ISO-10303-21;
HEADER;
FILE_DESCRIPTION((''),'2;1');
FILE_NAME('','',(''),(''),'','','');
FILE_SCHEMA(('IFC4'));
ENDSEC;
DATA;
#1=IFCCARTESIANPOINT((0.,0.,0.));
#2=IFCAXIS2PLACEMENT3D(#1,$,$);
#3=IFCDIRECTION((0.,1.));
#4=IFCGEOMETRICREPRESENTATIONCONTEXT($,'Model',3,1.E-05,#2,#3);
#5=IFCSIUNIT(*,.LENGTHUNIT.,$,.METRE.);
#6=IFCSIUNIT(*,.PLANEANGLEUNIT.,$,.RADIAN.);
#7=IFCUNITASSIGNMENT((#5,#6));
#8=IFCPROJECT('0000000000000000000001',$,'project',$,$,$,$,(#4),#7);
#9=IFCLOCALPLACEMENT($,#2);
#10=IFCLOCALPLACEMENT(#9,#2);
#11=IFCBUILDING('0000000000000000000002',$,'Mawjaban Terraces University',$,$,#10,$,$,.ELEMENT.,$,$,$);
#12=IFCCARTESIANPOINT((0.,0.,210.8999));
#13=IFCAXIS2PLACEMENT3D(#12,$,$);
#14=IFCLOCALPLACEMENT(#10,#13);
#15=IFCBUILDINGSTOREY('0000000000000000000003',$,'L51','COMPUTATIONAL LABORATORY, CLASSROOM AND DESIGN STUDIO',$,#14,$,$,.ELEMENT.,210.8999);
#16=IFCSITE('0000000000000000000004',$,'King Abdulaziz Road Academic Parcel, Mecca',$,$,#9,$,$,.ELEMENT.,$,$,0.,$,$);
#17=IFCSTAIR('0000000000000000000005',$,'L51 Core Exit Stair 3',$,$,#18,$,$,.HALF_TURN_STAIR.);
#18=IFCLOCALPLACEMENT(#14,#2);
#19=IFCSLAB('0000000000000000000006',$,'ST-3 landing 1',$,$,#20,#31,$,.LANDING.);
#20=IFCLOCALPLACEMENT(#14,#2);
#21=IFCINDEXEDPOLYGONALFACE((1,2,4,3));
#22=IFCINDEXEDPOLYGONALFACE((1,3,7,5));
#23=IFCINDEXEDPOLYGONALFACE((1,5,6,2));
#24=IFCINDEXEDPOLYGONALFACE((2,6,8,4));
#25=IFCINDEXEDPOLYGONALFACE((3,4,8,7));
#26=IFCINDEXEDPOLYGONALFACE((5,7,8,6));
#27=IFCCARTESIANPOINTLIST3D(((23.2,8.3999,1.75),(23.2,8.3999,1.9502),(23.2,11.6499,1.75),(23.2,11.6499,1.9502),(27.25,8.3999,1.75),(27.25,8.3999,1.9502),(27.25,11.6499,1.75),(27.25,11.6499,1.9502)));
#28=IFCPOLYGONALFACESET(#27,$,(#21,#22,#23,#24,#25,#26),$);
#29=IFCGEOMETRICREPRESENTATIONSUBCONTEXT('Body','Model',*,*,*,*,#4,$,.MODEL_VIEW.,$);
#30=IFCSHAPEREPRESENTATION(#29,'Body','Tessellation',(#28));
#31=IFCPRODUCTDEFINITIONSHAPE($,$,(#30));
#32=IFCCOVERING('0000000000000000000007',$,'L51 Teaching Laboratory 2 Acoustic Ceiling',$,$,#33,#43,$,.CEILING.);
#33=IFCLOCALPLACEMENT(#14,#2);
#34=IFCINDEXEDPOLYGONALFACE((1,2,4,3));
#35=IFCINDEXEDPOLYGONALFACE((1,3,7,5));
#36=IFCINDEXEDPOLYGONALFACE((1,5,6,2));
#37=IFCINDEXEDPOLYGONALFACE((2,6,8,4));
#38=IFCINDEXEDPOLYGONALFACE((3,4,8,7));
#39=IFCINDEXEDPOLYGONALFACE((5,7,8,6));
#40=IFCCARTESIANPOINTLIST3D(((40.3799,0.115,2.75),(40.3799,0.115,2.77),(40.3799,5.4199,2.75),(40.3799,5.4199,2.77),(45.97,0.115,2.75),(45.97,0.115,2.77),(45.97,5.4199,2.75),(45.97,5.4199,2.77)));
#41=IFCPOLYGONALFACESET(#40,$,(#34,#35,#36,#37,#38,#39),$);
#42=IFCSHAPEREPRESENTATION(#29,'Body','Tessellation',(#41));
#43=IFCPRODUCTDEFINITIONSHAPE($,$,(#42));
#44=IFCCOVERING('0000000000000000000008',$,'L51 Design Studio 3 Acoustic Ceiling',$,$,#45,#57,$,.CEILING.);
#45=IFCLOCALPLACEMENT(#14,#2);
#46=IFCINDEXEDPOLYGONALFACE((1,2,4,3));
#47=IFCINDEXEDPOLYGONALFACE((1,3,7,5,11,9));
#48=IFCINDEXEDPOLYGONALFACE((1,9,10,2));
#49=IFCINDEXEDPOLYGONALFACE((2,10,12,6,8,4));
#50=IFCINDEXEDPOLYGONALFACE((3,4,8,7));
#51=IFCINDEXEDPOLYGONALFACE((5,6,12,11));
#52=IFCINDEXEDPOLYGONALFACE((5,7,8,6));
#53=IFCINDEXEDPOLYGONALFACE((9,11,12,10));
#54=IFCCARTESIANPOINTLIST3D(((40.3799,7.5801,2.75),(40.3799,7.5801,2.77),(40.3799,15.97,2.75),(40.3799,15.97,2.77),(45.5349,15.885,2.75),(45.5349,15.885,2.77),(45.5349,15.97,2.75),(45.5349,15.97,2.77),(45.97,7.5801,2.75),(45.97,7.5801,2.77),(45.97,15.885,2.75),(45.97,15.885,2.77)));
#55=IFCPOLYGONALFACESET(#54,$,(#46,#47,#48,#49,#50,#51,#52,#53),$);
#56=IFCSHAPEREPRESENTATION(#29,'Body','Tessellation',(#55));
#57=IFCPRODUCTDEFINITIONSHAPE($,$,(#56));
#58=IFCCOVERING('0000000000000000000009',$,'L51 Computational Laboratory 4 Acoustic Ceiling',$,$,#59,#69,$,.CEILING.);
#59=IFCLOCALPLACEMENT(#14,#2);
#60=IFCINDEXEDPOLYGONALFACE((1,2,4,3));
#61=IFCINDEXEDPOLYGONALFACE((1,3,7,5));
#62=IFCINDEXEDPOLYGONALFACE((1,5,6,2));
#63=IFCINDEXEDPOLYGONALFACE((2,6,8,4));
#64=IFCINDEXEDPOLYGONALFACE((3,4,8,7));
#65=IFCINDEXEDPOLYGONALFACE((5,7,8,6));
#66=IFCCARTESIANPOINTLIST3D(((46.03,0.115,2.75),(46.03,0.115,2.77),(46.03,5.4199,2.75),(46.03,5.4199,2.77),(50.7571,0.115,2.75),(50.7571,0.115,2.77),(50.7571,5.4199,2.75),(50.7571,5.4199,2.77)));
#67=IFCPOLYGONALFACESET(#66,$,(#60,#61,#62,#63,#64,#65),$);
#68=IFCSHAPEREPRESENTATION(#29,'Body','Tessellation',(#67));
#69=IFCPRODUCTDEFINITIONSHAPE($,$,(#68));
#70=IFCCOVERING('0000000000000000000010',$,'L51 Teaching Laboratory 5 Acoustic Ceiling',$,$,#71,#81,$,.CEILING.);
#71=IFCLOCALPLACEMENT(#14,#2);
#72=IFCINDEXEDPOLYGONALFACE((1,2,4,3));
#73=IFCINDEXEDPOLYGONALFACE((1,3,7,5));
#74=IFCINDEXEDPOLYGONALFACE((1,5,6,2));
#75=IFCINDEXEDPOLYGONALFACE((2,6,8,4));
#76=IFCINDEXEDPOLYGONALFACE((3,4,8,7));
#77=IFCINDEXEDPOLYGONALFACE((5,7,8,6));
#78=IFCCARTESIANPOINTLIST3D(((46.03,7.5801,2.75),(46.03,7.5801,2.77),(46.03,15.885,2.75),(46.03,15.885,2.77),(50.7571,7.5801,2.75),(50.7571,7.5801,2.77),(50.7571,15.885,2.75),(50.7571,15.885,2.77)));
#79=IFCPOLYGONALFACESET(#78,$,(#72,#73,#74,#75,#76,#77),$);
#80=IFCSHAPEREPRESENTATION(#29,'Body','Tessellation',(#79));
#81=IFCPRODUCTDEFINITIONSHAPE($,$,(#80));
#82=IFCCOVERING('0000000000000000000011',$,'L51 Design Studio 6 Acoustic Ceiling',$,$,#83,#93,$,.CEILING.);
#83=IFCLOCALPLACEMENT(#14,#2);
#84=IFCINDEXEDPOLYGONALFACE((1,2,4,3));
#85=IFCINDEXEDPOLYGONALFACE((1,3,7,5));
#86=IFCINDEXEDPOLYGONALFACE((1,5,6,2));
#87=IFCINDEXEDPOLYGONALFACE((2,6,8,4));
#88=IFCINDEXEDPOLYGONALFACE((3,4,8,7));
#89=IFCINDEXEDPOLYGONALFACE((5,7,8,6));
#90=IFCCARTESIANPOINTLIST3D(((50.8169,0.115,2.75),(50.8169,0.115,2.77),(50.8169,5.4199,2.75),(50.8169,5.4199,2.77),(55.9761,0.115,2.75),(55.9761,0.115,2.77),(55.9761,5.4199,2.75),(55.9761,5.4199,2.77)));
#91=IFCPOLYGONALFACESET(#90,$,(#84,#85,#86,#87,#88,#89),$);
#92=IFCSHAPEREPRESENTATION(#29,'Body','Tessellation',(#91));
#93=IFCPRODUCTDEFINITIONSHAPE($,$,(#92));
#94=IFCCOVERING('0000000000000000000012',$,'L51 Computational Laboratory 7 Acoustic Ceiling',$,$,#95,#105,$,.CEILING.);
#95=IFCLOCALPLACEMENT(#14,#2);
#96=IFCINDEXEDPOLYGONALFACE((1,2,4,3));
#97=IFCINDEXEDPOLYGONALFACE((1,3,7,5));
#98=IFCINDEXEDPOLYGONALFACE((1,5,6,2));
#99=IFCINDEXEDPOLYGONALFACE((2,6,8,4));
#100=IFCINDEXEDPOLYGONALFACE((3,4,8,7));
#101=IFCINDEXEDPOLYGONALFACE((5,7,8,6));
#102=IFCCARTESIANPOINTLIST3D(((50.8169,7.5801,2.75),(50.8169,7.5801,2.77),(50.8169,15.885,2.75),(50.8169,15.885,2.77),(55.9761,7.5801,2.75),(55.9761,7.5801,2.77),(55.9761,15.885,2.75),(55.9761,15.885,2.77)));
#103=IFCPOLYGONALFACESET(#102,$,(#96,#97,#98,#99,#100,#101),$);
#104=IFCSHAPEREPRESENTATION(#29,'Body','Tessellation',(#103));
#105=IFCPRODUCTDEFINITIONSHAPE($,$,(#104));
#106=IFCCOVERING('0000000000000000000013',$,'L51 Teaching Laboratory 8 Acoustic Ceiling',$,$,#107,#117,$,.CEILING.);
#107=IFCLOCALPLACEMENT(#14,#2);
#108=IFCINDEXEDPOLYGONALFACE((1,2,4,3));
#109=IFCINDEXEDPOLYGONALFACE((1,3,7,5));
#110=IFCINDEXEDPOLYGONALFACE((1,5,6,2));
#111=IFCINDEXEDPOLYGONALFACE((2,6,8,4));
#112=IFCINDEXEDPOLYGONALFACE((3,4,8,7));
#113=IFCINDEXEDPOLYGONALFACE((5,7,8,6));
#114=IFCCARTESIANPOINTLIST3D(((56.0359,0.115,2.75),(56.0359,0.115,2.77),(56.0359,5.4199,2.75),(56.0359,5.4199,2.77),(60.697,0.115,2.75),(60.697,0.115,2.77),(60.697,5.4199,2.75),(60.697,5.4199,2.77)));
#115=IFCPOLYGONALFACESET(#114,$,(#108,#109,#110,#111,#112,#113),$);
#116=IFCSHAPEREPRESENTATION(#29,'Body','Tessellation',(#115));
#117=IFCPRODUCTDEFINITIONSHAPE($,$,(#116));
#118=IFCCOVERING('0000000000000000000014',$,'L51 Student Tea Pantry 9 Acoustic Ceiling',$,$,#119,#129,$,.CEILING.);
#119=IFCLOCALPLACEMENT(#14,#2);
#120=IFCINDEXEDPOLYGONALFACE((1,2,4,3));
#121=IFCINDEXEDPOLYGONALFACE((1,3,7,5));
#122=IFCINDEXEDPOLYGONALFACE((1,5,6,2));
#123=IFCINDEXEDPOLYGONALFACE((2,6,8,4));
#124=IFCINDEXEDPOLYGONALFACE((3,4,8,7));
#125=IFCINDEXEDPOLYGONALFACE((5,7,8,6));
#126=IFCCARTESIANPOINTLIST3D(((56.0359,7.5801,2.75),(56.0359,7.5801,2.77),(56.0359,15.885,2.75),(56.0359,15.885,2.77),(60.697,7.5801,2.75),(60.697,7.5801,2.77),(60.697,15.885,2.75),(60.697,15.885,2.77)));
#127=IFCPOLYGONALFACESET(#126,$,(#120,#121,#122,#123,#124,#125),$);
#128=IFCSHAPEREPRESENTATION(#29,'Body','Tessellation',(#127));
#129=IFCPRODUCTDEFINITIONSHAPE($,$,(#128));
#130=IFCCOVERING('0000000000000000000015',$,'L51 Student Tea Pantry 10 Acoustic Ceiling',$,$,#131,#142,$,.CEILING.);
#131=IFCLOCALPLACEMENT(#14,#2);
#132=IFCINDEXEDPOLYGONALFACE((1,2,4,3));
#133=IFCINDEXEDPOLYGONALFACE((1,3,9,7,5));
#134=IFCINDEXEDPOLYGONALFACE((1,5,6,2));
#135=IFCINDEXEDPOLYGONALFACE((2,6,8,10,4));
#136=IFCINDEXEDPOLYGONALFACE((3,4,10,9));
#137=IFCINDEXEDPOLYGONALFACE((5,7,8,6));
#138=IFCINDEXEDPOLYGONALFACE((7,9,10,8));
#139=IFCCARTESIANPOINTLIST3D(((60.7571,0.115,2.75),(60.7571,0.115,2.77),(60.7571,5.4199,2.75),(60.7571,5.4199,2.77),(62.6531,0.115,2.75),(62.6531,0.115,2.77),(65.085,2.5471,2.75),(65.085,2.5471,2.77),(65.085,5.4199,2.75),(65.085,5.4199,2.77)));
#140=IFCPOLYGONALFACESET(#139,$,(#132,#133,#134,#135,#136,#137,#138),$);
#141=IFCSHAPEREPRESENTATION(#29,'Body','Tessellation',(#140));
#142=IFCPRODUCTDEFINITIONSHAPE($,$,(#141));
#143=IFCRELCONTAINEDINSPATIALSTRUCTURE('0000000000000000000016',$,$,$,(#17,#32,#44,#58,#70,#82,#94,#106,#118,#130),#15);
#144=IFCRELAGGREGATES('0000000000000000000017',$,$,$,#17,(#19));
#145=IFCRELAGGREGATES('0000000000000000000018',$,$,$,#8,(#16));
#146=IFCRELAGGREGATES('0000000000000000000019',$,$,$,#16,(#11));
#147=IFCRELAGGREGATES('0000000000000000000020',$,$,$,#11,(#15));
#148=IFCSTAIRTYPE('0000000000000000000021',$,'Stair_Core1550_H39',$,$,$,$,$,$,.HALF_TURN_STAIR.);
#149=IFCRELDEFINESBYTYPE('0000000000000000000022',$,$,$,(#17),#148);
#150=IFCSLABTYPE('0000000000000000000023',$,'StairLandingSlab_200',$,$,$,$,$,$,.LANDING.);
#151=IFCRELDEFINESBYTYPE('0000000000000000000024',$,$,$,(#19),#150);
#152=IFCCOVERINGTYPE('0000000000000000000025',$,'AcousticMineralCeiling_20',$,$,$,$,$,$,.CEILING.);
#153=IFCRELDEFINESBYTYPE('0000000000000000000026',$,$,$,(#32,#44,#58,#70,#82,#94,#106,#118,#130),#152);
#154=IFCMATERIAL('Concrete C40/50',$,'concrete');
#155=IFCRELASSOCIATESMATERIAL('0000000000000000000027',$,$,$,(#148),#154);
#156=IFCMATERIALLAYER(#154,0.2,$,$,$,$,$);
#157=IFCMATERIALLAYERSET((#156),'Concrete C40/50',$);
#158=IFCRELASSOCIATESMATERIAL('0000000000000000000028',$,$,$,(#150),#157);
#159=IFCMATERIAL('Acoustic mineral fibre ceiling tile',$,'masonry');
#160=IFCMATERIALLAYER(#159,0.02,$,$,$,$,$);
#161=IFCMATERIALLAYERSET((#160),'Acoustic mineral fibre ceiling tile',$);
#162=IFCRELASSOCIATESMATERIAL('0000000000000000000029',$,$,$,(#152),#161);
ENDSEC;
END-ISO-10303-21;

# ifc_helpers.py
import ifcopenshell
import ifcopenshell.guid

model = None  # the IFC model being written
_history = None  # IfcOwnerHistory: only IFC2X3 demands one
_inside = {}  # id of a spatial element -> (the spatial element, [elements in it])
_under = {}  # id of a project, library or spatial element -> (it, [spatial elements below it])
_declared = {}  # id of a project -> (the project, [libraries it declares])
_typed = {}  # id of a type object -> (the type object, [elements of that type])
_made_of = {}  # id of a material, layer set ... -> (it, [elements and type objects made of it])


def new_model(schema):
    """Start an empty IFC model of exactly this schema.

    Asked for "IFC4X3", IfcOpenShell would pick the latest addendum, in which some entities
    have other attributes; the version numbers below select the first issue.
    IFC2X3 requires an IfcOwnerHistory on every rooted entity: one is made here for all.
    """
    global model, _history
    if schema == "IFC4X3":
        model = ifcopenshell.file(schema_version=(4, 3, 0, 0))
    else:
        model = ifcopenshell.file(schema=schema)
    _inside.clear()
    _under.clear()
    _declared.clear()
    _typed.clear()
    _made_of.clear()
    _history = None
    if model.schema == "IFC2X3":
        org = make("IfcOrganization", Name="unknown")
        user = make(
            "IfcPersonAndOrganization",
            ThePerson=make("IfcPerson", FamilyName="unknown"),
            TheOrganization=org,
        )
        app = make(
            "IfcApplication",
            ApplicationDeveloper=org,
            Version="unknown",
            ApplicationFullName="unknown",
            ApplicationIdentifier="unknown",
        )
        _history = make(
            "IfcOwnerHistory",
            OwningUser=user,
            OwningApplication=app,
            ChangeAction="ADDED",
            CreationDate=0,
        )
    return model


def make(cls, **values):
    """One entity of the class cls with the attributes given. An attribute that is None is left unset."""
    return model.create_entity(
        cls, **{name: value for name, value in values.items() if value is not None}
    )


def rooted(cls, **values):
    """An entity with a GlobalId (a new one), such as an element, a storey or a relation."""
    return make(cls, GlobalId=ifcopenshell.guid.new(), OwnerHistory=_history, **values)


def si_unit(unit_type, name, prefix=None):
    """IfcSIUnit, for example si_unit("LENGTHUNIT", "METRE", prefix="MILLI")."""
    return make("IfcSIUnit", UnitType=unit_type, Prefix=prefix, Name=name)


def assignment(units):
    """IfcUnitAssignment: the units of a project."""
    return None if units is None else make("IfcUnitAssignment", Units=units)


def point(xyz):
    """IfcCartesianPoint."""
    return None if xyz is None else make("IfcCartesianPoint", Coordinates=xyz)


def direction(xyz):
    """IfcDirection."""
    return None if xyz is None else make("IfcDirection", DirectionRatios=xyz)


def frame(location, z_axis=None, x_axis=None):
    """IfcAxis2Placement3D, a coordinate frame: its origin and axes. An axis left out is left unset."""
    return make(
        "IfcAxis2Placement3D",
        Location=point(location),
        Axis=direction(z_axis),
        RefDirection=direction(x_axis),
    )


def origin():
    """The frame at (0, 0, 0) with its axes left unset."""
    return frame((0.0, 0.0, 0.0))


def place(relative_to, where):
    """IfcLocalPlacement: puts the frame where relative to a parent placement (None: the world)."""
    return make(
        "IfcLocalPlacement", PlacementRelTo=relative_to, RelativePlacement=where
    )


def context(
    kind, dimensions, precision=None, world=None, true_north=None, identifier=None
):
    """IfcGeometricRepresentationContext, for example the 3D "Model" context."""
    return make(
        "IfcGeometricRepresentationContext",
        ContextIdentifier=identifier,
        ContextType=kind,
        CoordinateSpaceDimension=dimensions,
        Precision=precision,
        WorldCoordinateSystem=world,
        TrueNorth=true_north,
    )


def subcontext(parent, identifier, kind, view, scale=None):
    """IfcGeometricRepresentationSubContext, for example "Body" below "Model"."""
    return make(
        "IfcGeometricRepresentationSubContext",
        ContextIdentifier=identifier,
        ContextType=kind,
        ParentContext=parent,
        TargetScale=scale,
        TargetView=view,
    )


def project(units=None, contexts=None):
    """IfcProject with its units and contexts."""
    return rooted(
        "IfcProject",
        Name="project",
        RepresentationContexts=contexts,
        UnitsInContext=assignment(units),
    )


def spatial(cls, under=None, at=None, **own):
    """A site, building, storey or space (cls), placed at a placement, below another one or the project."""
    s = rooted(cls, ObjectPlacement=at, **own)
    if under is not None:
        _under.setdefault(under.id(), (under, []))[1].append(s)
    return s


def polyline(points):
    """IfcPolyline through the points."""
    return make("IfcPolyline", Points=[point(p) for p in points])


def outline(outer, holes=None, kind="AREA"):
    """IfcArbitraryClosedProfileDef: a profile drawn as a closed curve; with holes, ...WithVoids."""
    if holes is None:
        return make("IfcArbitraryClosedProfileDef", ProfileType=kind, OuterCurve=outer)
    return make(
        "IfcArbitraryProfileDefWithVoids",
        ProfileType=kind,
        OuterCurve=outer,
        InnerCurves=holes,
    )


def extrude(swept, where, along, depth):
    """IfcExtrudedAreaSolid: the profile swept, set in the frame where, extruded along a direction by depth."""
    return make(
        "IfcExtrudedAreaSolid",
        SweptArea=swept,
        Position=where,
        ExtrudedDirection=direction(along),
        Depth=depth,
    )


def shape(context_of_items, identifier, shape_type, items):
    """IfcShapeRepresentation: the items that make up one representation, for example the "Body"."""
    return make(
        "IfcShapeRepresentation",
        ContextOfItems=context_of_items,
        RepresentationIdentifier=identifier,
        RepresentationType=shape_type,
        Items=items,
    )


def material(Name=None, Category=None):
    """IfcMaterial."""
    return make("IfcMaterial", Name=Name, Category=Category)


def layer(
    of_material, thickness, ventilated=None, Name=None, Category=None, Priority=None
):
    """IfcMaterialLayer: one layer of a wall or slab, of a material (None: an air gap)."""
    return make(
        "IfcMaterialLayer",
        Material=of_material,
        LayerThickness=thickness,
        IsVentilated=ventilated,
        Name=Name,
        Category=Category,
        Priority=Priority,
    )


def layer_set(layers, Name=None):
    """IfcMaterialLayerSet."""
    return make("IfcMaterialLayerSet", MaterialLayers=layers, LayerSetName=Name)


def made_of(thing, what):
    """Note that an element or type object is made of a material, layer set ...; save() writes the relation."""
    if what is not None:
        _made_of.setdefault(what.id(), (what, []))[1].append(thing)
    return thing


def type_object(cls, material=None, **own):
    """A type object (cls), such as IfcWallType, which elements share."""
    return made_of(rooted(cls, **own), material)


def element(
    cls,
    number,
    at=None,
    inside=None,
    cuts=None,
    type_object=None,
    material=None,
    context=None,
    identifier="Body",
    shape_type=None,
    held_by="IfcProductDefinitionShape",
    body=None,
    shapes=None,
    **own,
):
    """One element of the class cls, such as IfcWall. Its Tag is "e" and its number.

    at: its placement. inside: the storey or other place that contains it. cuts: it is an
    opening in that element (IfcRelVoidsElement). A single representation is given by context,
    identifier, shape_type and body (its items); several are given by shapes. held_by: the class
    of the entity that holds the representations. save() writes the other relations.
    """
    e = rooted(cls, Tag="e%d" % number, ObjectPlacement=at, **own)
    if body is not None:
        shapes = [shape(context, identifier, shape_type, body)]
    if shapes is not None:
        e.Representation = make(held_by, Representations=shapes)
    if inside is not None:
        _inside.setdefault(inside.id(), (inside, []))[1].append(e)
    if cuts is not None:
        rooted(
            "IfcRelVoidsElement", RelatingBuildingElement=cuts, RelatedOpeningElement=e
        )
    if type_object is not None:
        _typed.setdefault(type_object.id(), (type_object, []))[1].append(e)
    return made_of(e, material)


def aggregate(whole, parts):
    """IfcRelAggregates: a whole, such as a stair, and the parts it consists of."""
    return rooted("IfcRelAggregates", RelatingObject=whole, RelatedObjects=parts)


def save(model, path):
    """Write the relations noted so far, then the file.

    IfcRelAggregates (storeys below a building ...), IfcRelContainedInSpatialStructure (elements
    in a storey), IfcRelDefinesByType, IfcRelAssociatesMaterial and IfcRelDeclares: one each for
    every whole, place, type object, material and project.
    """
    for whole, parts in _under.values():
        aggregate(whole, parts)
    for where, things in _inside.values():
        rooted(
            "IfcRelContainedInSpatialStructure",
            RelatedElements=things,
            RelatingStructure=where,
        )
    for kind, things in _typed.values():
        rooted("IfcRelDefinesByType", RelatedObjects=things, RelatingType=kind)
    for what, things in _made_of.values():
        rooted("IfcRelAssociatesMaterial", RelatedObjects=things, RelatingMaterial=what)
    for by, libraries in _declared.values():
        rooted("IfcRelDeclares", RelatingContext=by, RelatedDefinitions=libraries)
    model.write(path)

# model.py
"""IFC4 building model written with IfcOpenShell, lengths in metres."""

from ifc_helpers import new_model, si_unit, direction, frame, origin, place, context, subcontext, project, spatial, polyline, outline, extrude, material, layer, layer_set, type_object, element, aggregate, save


model = new_model("IFC4")

# Units and contexts
model_context = context("Model", 3, precision=1e-05, world=origin(), true_north=direction((0.0, 1.0)))
body_context = subcontext(model_context, "Body", "Model", "MODEL_VIEW")
ifc_project = project(units=[si_unit("LENGTHUNIT", "METRE"), si_unit("PLANEANGLEUNIT", "RADIAN")], contexts=[model_context])

# Site, building, storey
site_placement = place(None, origin())
site = spatial("IfcSite", under=ifc_project, at=site_placement, Name="King Abdulaziz Road Academic Parcel, Mecca", CompositionType="ELEMENT", RefElevation=0.0)
building_placement = place(site_placement, origin())
building = spatial("IfcBuilding", under=site, at=building_placement, Name="Mawjaban Terraces University", CompositionType="ELEMENT")
storey_placement = place(building_placement, frame((0.0, 0.0, 210.8999)))
storey = spatial("IfcBuildingStorey", under=building, at=storey_placement, Name="L51", Description="COMPUTATIONAL LABORATORY, CLASSROOM AND DESIGN STUDIO", CompositionType="ELEMENT", Elevation=210.8999)

# Shared definitions
ifc_material_1 = material(Name="Concrete C40/50", Category="concrete")

# Stair, slab
stair_type = type_object("IfcStairType", Name="Stair_Core1550_H39", PredefinedType="HALF_TURN_STAIR", material=ifc_material_1)
ifc_layer_1 = layer(ifc_material_1, 0.2)
ifc_layer_set_1 = layer_set([ifc_layer_1], Name="Concrete C40/50")
slab_type_1 = type_object("IfcSlabType", Name="StairLandingSlab_200", PredefinedType="LANDING", material=ifc_layer_set_1)
stair_1_placement = place(storey_placement, origin())
stair_1 = element("IfcStair", 1, at=stair_1_placement, inside=storey, type_object=stair_type, Name="L51 Core Exit Stair 3", PredefinedType="HALF_TURN_STAIR")
slab_1_placement = place(storey_placement, frame((0.0, 0.0, 1.75)))
slab_1 = element("IfcSlab", 2, at=slab_1_placement, type_object=slab_type_1, Name="ST-3 landing 1", PredefinedType="LANDING", context=body_context, shape_type="SweptSolid", body=[
    extrude(outline(polyline([(27.25, 11.6499), (23.2, 11.6499), (23.2, 8.3999), (27.25, 8.3999), (27.25, 11.6499)])), origin(), (0.0, 0.0, 1.0), 0.2002),
])
aggregate(stair_1, [slab_1])

# Coverings
ifc_material_2 = material(Name="Acoustic mineral fibre ceiling tile", Category="masonry")
ifc_layer_2 = layer(ifc_material_2, 0.02)
ifc_layer_set_2 = layer_set([ifc_layer_2], Name="Acoustic mineral fibre ceiling tile")
covering_type = type_object("IfcCoveringType", Name="AcousticMineralCeiling_20", PredefinedType="CEILING", material=ifc_layer_set_2)
covering_1_placement = place(storey_placement, frame((0.0, 0.0, 2.75)))
element("IfcCovering", 3, at=covering_1_placement, inside=storey, type_object=covering_type, Name="L51 Teaching Laboratory 2 Acoustic Ceiling", PredefinedType="CEILING", context=body_context, shape_type="SweptSolid", body=[
    extrude(outline(polyline([(40.3799, 0.115), (45.97, 0.115), (45.97, 5.4199), (40.3799, 5.4199), (40.3799, 0.115)])), origin(), (0.0, 0.0, 1.0), 0.02),
])
covering_2_placement = place(storey_placement, frame((0.0, 0.0, 2.75)))
element("IfcCovering", 4, at=covering_2_placement, inside=storey, type_object=covering_type, Name="L51 Design Studio 3 Acoustic Ceiling", PredefinedType="CEILING", context=body_context, shape_type="SweptSolid", body=[
    extrude(outline(polyline([(45.97, 15.885), (45.5349, 15.885), (45.5349, 15.97), (40.3799, 15.97), (40.3799, 7.5801), (45.97, 7.5801), (45.97, 15.885)])), origin(), (0.0, 0.0, 1.0), 0.02),
])
covering_3_placement = place(storey_placement, frame((0.0, 0.0, 2.75)))
element("IfcCovering", 5, at=covering_3_placement, inside=storey, type_object=covering_type, Name="L51 Computational Laboratory 4 Acoustic Ceiling", PredefinedType="CEILING", context=body_context, shape_type="SweptSolid", body=[
    extrude(outline(polyline([(46.03, 0.115), (50.7571, 0.115), (50.7571, 5.4199), (46.03, 5.4199), (46.03, 0.115)])), origin(), (0.0, 0.0, 1.0), 0.02),
])
covering_4_placement = place(storey_placement, frame((0.0, 0.0, 2.75)))
element("IfcCovering", 6, at=covering_4_placement, inside=storey, type_object=covering_type, Name="L51 Teaching Laboratory 5 Acoustic Ceiling", PredefinedType="CEILING", context=body_context, shape_type="SweptSolid", body=[
    extrude(outline(polyline([(50.7571, 15.885), (46.03, 15.885), (46.03, 7.5801), (50.7571, 7.5801), (50.7571, 15.885)])), origin(), (0.0, 0.0, 1.0), 0.02),
])
covering_5_placement = place(storey_placement, frame((0.0, 0.0, 2.75)))
element("IfcCovering", 7, at=covering_5_placement, inside=storey, type_object=covering_type, Name="L51 Design Studio 6 Acoustic Ceiling", PredefinedType="CEILING", context=body_context, shape_type="SweptSolid", body=[
    extrude(outline(polyline([(50.8169, 0.115), (55.9761, 0.115), (55.9761, 5.4199), (50.8169, 5.4199), (50.8169, 0.115)])), origin(), (0.0, 0.0, 1.0), 0.02),
])
covering_6_placement = place(storey_placement, frame((0.0, 0.0, 2.75)))
element("IfcCovering", 8, at=covering_6_placement, inside=storey, type_object=covering_type, Name="L51 Computational Laboratory 7 Acoustic Ceiling", PredefinedType="CEILING", context=body_context, shape_type="SweptSolid", body=[
    extrude(outline(polyline([(55.9761, 15.885), (50.8169, 15.885), (50.8169, 7.5801), (55.9761, 7.5801), (55.9761, 15.885)])), origin(), (0.0, 0.0, 1.0), 0.02),
])
covering_7_placement = place(storey_placement, frame((0.0, 0.0, 2.75)))
element("IfcCovering", 9, at=covering_7_placement, inside=storey, type_object=covering_type, Name="L51 Teaching Laboratory 8 Acoustic Ceiling", PredefinedType="CEILING", context=body_context, shape_type="SweptSolid", body=[
    extrude(outline(polyline([(56.0359, 0.115), (60.697, 0.115), (60.697, 5.4199), (56.0359, 5.4199), (56.0359, 0.115)])), origin(), (0.0, 0.0, 1.0), 0.02),
])
covering_8_placement = place(storey_placement, frame((0.0, 0.0, 2.75)))
element("IfcCovering", 10, at=covering_8_placement, inside=storey, type_object=covering_type, Name="L51 Student Tea Pantry 9 Acoustic Ceiling", PredefinedType="CEILING", context=body_context, shape_type="SweptSolid", body=[
    extrude(outline(polyline([(60.697, 15.885), (56.0359, 15.885), (56.0359, 7.5801), (60.697, 7.5801), (60.697, 15.885)])), origin(), (0.0, 0.0, 1.0), 0.02),
])
covering_9_placement = place(storey_placement, frame((0.0, 0.0, 2.75)))
element("IfcCovering", 11, at=covering_9_placement, inside=storey, type_object=covering_type, Name="L51 Student Tea Pantry 10 Acoustic Ceiling", PredefinedType="CEILING", context=body_context, shape_type="SweptSolid", body=[
    extrude(outline(polyline([(60.7571, 0.115), (62.6531, 0.115), (65.085, 2.5471), (65.085, 5.4199), (60.7571, 5.4199), (60.7571, 0.115)])), origin(), (0.0, 0.0, 1.0), 0.02),
])

save(model, "model.ifc")
